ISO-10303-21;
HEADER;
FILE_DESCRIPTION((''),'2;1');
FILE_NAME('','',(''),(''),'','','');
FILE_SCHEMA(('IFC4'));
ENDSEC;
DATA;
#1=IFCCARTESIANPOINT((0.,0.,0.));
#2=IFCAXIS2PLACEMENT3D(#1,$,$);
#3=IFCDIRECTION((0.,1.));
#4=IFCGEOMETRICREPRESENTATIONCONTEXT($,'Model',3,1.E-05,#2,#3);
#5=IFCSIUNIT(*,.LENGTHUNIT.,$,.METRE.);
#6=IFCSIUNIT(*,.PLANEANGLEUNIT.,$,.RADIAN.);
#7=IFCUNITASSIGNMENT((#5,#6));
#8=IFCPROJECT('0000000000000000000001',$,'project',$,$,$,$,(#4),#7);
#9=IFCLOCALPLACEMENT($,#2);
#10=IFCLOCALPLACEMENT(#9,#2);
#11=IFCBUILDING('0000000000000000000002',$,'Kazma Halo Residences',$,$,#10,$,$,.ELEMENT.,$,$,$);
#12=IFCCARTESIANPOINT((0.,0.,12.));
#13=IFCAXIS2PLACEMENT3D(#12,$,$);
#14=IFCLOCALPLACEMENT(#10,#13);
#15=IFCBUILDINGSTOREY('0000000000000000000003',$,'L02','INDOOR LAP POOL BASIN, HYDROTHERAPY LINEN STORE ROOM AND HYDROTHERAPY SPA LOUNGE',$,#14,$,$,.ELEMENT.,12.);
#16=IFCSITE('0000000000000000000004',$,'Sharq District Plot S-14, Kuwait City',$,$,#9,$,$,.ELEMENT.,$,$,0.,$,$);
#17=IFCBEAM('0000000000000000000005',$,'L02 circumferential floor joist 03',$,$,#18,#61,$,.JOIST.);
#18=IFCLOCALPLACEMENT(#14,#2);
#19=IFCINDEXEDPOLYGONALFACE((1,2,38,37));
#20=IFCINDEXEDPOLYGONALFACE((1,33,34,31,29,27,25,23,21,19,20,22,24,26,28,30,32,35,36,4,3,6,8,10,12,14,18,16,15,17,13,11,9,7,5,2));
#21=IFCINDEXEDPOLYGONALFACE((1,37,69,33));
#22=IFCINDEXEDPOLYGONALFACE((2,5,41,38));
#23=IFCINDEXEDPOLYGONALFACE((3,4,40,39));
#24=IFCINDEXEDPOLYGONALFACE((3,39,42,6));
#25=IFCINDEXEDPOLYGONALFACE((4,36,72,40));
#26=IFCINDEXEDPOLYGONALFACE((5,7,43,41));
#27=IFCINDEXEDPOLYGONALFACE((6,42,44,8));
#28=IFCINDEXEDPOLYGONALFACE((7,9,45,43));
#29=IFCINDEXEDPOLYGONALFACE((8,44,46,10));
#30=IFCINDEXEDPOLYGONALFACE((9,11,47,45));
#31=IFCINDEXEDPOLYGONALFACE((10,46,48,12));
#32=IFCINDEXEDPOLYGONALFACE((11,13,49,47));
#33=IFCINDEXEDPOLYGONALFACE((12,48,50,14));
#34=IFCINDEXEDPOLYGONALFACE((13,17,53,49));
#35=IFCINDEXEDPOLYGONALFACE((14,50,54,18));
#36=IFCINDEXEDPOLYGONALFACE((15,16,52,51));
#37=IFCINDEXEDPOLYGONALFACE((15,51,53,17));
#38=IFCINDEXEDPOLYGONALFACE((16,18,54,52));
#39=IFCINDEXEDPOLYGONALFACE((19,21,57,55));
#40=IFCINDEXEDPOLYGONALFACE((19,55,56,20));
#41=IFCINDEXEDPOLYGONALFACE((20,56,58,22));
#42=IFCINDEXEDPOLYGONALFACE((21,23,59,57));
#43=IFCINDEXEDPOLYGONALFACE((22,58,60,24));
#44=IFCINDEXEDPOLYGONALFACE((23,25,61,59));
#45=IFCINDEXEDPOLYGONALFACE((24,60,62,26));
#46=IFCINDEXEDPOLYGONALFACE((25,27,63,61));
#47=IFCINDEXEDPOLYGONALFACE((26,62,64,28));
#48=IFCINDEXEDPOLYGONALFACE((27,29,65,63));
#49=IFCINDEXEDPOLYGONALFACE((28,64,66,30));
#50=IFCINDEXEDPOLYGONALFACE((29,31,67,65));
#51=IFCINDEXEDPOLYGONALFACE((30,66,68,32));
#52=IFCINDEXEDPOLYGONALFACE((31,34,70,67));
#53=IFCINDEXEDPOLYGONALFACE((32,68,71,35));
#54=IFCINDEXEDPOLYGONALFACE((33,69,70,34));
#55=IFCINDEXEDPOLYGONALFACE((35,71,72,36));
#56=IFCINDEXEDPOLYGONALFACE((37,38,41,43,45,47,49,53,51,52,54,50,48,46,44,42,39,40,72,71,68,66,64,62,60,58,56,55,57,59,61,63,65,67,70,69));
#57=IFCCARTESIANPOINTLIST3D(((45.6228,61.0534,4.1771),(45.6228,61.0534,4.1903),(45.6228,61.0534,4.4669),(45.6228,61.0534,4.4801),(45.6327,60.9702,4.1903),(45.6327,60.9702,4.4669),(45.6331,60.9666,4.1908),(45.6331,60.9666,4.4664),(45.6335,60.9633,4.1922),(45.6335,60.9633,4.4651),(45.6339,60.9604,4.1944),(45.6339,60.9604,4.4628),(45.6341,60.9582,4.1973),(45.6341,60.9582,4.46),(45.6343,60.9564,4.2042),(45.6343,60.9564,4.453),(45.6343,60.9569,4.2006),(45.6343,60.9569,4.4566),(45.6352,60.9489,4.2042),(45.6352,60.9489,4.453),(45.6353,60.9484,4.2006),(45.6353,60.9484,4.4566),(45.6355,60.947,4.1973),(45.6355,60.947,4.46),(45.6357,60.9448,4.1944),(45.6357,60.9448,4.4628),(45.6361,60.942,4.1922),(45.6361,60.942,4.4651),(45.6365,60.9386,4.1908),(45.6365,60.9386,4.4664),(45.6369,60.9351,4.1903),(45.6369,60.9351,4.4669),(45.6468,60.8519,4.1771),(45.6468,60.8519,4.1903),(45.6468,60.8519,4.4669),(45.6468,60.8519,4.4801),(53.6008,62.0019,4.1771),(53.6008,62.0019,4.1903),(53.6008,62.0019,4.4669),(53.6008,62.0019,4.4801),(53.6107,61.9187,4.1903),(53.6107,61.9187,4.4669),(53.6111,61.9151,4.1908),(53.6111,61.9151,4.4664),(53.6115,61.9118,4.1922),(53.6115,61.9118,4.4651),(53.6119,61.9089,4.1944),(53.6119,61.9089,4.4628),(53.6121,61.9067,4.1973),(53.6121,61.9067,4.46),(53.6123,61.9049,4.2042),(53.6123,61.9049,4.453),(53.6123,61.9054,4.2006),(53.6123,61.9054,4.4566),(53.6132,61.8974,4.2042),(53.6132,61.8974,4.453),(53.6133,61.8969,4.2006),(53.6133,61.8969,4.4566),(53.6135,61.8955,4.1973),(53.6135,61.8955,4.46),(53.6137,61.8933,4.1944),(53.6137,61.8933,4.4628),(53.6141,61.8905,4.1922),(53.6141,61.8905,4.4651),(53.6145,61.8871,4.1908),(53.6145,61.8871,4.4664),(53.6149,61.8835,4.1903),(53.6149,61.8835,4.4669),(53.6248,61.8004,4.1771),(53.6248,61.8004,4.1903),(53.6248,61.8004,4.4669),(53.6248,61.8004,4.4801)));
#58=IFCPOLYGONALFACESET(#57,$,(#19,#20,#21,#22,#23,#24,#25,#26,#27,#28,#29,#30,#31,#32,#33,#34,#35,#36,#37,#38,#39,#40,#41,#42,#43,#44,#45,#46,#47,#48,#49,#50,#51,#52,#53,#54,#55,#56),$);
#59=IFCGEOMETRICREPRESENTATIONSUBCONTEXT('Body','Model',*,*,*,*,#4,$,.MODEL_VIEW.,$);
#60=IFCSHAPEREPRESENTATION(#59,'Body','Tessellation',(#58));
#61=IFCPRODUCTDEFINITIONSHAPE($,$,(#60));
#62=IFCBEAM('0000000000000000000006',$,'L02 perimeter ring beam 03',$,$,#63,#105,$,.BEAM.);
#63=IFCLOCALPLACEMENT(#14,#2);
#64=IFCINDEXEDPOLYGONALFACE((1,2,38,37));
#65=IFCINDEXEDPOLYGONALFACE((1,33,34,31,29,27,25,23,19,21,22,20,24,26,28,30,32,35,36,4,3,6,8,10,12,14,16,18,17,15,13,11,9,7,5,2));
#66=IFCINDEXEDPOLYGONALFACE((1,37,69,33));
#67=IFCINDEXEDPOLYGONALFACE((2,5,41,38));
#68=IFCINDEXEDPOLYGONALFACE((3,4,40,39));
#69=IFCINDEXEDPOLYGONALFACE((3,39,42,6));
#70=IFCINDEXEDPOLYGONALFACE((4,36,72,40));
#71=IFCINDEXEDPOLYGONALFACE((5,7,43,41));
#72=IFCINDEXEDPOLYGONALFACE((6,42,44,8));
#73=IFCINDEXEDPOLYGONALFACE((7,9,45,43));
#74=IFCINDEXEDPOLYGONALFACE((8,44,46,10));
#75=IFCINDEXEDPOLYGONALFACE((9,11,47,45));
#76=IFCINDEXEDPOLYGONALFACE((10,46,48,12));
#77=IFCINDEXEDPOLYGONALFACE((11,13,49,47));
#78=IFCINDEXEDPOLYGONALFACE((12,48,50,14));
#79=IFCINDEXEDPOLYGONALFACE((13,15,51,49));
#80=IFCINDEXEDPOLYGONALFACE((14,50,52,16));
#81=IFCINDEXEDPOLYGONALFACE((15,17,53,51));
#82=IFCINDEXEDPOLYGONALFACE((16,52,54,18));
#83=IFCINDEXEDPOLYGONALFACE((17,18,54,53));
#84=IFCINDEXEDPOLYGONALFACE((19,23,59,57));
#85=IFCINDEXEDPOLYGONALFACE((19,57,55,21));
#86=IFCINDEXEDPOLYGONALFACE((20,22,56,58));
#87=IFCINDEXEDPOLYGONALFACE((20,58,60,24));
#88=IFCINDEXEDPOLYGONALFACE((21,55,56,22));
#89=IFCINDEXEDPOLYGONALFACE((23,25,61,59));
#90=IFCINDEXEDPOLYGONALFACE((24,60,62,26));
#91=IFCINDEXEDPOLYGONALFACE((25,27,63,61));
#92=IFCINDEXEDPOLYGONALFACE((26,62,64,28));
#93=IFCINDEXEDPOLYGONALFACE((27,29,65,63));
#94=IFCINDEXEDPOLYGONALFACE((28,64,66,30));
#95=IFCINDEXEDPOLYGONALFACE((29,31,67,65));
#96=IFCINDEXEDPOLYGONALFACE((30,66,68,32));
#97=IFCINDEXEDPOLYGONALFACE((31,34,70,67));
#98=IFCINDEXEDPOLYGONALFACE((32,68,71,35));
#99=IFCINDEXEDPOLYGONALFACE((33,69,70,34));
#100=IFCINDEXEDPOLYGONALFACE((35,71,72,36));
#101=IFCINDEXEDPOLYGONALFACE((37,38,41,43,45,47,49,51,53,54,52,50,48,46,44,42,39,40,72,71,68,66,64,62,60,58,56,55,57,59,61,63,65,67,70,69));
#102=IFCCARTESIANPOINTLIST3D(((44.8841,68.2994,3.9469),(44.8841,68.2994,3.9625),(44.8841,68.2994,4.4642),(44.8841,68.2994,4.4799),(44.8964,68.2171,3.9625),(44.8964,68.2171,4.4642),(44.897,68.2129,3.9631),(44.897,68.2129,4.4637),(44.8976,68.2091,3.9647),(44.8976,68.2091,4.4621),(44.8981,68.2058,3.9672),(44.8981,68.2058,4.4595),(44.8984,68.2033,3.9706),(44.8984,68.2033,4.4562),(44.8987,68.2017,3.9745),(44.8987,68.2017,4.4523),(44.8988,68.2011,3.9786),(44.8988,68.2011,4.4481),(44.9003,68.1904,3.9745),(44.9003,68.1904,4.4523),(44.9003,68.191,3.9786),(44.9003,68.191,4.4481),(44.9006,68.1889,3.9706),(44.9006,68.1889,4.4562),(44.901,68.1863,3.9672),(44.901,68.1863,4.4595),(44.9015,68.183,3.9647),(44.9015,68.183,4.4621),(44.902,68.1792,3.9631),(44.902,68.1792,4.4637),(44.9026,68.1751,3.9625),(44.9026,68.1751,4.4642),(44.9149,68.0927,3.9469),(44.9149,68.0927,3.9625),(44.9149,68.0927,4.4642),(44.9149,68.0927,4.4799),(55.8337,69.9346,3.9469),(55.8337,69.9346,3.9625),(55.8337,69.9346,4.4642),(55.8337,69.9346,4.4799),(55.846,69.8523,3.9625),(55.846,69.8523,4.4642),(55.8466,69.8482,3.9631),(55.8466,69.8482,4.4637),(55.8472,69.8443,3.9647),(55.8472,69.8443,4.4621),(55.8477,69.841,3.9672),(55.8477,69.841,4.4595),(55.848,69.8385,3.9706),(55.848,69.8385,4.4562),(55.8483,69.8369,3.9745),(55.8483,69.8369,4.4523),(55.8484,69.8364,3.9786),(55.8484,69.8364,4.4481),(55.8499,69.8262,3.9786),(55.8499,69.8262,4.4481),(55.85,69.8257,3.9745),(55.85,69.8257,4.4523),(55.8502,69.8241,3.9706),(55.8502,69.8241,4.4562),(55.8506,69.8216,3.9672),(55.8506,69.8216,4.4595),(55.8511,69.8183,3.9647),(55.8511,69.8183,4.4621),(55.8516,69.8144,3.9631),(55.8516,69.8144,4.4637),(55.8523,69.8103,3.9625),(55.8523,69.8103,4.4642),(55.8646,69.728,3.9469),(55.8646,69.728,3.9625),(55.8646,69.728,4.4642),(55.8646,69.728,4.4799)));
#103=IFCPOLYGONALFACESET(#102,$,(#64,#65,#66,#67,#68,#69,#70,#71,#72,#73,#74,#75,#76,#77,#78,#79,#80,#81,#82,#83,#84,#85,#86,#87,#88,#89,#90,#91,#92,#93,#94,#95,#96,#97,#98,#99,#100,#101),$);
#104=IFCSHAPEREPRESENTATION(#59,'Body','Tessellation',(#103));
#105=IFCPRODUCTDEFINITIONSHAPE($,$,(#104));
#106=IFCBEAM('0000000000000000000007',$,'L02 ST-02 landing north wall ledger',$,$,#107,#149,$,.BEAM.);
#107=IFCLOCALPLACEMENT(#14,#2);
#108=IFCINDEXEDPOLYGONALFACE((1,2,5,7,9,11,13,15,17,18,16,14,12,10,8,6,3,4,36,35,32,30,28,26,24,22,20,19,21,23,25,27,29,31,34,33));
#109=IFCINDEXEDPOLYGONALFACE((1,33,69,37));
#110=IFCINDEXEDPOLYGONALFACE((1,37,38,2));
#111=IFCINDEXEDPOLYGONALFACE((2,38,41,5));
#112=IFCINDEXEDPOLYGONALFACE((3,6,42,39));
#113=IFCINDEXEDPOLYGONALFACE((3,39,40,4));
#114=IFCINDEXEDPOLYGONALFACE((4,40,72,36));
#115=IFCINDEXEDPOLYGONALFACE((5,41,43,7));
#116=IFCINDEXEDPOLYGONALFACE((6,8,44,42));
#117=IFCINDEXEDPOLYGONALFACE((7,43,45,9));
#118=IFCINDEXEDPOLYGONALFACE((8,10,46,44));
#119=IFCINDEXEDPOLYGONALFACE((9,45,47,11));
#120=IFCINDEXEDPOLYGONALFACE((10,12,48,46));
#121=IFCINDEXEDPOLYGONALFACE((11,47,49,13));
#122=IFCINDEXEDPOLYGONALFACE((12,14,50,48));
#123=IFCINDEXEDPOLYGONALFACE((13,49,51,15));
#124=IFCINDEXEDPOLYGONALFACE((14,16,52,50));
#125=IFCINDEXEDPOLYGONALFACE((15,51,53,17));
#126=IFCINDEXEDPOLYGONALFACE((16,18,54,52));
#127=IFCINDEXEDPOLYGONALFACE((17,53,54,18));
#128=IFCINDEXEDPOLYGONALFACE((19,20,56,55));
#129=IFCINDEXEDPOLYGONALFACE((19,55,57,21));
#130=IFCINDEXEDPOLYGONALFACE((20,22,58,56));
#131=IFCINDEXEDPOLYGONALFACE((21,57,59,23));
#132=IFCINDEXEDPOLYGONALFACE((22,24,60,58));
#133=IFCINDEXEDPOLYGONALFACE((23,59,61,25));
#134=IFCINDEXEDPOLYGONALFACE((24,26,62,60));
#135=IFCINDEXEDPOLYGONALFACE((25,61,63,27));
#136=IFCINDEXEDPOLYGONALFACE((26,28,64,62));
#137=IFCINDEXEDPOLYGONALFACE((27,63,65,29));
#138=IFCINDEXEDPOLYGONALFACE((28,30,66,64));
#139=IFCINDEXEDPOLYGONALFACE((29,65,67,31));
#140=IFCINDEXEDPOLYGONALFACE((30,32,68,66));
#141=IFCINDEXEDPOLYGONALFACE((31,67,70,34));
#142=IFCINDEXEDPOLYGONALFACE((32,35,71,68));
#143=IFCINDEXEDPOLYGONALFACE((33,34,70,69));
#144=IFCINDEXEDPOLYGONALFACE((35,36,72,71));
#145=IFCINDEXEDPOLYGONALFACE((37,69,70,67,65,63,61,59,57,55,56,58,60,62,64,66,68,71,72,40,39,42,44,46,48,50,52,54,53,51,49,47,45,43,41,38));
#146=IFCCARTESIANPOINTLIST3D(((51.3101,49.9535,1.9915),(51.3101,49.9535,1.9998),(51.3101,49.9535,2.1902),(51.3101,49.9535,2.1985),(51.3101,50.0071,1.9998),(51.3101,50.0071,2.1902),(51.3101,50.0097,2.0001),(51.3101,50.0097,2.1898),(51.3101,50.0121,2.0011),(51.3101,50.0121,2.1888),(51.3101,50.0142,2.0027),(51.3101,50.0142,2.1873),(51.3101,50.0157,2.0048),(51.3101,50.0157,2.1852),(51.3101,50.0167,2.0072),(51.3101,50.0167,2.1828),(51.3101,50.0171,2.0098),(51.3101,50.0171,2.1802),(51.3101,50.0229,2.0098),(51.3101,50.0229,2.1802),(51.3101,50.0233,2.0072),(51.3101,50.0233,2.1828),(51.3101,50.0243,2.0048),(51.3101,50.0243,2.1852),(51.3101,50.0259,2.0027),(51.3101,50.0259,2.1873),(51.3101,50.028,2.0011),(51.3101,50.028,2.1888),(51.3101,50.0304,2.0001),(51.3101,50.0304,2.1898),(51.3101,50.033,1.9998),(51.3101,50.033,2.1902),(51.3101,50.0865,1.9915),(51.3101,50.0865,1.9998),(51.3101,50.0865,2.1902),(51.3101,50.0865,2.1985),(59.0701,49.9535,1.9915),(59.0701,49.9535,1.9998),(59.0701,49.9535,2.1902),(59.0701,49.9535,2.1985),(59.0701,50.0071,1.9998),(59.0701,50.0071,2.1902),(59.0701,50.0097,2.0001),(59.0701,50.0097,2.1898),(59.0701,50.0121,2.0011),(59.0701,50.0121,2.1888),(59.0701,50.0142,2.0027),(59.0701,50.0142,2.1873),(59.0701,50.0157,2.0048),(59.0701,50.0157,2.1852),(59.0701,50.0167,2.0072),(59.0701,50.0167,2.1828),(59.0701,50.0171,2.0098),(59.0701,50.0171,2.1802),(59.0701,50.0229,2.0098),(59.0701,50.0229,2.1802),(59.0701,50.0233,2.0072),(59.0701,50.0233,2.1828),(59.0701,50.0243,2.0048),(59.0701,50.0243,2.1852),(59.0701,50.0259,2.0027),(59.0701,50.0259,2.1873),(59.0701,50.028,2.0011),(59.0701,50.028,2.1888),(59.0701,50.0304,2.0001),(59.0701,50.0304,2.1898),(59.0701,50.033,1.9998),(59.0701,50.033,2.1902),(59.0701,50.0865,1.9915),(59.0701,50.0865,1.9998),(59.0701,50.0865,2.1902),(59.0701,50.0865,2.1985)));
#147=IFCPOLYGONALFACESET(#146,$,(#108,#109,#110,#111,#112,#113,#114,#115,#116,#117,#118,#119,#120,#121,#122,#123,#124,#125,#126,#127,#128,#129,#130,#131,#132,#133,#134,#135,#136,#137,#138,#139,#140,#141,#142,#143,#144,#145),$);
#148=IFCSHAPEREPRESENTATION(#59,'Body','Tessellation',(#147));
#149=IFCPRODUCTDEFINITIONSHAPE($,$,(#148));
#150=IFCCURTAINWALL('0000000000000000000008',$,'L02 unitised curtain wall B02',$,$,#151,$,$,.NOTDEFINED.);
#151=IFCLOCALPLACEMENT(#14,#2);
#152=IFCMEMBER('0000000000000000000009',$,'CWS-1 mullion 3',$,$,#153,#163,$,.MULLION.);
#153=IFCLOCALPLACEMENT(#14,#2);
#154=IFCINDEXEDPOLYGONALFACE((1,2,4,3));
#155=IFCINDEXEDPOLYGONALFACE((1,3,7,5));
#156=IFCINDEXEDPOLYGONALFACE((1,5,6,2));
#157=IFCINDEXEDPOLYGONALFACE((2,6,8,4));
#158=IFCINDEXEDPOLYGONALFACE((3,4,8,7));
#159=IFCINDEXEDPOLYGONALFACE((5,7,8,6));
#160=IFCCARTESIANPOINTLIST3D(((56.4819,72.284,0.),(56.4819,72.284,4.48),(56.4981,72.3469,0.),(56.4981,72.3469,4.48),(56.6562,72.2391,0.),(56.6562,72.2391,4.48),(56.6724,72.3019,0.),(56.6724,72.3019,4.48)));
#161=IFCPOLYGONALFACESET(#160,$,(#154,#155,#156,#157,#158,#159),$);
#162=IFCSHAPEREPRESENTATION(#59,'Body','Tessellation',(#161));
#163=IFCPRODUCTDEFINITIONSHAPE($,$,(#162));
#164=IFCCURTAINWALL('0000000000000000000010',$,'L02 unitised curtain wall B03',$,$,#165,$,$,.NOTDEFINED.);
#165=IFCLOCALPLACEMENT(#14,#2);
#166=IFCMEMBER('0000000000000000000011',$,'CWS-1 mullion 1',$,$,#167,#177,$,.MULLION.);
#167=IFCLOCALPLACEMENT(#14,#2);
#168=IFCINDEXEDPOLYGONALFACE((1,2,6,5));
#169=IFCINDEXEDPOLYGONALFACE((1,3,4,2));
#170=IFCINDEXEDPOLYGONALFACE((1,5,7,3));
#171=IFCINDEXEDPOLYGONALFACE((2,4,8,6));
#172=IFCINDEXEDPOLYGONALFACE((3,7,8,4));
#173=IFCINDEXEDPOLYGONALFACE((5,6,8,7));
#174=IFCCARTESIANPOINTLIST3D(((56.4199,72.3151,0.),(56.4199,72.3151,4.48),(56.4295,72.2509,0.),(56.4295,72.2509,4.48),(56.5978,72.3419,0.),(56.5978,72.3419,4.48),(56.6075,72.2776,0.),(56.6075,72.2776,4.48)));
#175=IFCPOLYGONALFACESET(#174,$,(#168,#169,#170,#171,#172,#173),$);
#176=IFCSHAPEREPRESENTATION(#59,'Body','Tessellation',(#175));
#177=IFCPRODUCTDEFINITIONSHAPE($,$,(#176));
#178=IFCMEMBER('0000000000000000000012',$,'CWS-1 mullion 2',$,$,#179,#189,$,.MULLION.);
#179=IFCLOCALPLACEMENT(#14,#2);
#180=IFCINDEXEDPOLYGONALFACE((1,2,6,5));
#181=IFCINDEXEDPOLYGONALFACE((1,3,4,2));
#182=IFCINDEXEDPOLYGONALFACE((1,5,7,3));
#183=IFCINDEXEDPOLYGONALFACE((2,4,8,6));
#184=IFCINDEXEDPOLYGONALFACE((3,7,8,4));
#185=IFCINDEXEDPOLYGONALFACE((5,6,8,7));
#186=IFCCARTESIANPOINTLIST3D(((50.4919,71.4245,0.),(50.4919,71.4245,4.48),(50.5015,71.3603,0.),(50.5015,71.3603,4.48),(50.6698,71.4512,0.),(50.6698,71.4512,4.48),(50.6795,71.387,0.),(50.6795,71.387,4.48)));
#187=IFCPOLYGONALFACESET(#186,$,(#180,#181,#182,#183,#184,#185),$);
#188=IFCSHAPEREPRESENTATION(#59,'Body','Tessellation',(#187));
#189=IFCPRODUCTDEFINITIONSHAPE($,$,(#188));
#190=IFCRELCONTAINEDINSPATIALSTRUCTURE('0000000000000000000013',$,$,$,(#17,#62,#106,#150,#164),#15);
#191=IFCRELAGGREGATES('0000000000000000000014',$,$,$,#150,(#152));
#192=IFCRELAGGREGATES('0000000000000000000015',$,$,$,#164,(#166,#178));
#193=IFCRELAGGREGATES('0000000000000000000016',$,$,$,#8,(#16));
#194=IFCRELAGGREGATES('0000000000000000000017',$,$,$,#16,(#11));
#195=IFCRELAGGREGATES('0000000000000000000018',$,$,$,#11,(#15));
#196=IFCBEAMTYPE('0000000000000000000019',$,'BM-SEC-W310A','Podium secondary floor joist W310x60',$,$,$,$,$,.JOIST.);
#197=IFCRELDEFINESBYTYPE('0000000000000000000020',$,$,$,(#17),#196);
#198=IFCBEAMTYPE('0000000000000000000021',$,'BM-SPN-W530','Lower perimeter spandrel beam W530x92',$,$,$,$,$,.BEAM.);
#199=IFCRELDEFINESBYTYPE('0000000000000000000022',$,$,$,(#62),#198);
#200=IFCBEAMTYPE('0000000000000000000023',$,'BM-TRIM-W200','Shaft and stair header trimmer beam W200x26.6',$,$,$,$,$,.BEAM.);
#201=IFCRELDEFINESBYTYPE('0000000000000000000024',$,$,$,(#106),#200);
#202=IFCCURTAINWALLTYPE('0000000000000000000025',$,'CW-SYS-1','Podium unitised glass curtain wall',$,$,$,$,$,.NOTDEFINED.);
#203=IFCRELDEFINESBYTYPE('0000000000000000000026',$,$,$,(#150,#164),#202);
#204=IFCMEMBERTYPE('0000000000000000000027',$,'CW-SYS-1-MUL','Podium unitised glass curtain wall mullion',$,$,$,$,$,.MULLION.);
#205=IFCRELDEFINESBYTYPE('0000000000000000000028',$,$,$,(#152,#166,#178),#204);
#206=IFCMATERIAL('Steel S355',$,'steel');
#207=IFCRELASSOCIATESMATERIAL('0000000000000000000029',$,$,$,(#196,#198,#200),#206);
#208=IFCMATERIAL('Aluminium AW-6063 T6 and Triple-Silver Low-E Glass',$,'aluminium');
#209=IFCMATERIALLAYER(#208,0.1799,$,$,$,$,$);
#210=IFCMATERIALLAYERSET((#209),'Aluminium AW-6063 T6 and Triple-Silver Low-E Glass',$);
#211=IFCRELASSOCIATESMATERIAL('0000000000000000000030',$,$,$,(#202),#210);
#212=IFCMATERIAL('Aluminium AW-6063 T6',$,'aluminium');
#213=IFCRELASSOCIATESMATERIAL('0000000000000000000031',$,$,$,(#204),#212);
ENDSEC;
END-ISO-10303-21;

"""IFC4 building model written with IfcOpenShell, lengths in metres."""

from ifc_helpers import new_model, si_unit, direction, frame, origin, origin_2d, place, context, subcontext, project, spatial, rectangle, i_section, extrude, material, layer, layer_set, material_profile, profile_set, type_object, element, aggregate, save


model = new_model("IFC4")

# Units and contexts
model_context = context("Model", 3, precision=1e-05, world=origin(), true_north=direction((0.0, 1.0)))
body_context = subcontext(model_context, "Body", "Model", "MODEL_VIEW")
ifc_project = project(units=[si_unit("LENGTHUNIT", "METRE"), si_unit("PLANEANGLEUNIT", "RADIAN")], contexts=[model_context])

# Site, building, storey
site_placement = place(None, origin())
site = spatial("IfcSite", under=ifc_project, at=site_placement, Name="Sharq District Plot S-14, Kuwait City", CompositionType="ELEMENT", RefElevation=0.0)
building_placement = place(site_placement, origin())
building = spatial("IfcBuilding", under=site, at=building_placement, Name="Kazma Halo Residences", CompositionType="ELEMENT")
storey_placement = place(building_placement, frame((0.0, 0.0, 12.0)))
storey = spatial("IfcBuildingStorey", under=building, at=storey_placement, Name="L02", Description="INDOOR LAP POOL BASIN, HYDROTHERAPY LINEN STORE ROOM AND HYDROTHERAPY SPA LOUNGE", CompositionType="ELEMENT", Elevation=12.0)

# Beams
ifc_material_1 = material(Name="Steel S355", Category="steel")
ifc_material_profile_1 = material_profile(ifc_material_1, i_section(OverallWidth=0.2029, OverallDepth=0.303, WebThickness=0.0076, FlangeThickness=0.0132, FilletRadius=0.0139, at=origin_2d()), Name="W310x60")
ifc_profile_set_1 = profile_set([ifc_material_profile_1], Name="Steel S355")
beam_type_1 = type_object("IfcBeamType", Name="BM-SEC-W310A", Description="Podium secondary floor joist W310x60", PredefinedType="JOIST", material=ifc_profile_set_1)
beam_1_placement = place(storey_placement, frame((53.6128, 61.9011, 4.3286), z_axis=(-0.993007, -0.118056, 0.0), x_axis=(0.118056, -0.993007, 0.0)))
element("IfcBeam", 1, at=beam_1_placement, inside=storey, type_object=beam_type_1, Name="L02 circumferential floor joist 03", PredefinedType="JOIST", context=body_context, shape_type="SweptSolid", body=[
    extrude(i_section(OverallWidth=0.2029, OverallDepth=0.303, WebThickness=0.0076, FlangeThickness=0.0132, FilletRadius=0.0139, at=origin_2d()), origin(), (0.0, 0.0, 1.0), 8.0342),
])
ifc_material_profile_2 = material_profile(ifc_material_1, i_section(OverallWidth=0.209, OverallDepth=0.533, WebThickness=0.0103, FlangeThickness=0.0156, FilletRadius=0.0161, at=origin_2d()), Name="W530x92")
ifc_profile_set_2 = profile_set([ifc_material_profile_2], Name="Steel S355")
beam_type_2 = type_object("IfcBeamType", Name="BM-SPN-W530", Description="Lower perimeter spandrel beam W530x92", PredefinedType="BEAM", material=ifc_profile_set_2)
beam_2_placement = place(storey_placement, frame((55.8491, 69.8313, 4.2134), z_axis=(-0.989032, -0.147704, 0.0), x_axis=(0.147704, -0.989032, 0.0)))
element("IfcBeam", 2, at=beam_2_placement, inside=storey, type_object=beam_type_2, Name="L02 perimeter ring beam 03", PredefinedType="BEAM", context=body_context, shape_type="SweptSolid", body=[
    extrude(i_section(OverallWidth=0.209, OverallDepth=0.533, WebThickness=0.0103, FlangeThickness=0.0156, FilletRadius=0.0161, at=origin_2d()), origin(), (0.0, 0.0, 1.0), 11.071),
])
ifc_material_profile_3 = material_profile(ifc_material_1, i_section(OverallWidth=0.1331, OverallDepth=0.207, WebThickness=0.0059, FlangeThickness=0.0083, FilletRadius=0.01, at=origin_2d()), Name="W200x26.6")
ifc_profile_set_3 = profile_set([ifc_material_profile_3], Name="Steel S355")
beam_type_3 = type_object("IfcBeamType", Name="BM-TRIM-W200", Description="Shaft and stair header trimmer beam W200x26.6", PredefinedType="BEAM", material=ifc_profile_set_3)
beam_3_placement = place(storey_placement, frame((51.3101, 50.02, 2.095), z_axis=(1.0, 0.0, 0.0), x_axis=(0.0, 1.0, 0.0)))
element("IfcBeam", 3, at=beam_3_placement, inside=storey, type_object=beam_type_3, Name="L02 ST-02 landing north wall ledger", PredefinedType="BEAM", context=body_context, shape_type="SweptSolid", body=[
    extrude(i_section(OverallWidth=0.1331, OverallDepth=0.207, WebThickness=0.0059, FlangeThickness=0.0083, FilletRadius=0.01, at=origin_2d()), origin(), (0.0, 0.0, 1.0), 7.76),
])

# Curtain wall, member
ifc_material_2 = material(Name="Aluminium AW-6063 T6 and Triple-Silver Low-E Glass", Category="aluminium")
ifc_layer_1 = layer(ifc_material_2, 0.1799)
ifc_layer_set_1 = layer_set([ifc_layer_1], Name="Aluminium AW-6063 T6 and Triple-Silver Low-E Glass")
curtain_wall_type = type_object("IfcCurtainWallType", Name="CW-SYS-1", Description="Podium unitised glass curtain wall", PredefinedType="NOTDEFINED", material=ifc_layer_set_1)
curtain_wall_1_placement = place(storey_placement, origin())
curtain_wall_1 = element("IfcCurtainWall", 4, at=curtain_wall_1_placement, inside=storey, type_object=curtain_wall_type, Name="L02 unitised curtain wall B02", PredefinedType="NOTDEFINED")
ifc_material_3 = material(Name="Aluminium AW-6063 T6", Category="aluminium")
ifc_material_profile_4 = material_profile(ifc_material_3, rectangle(XDim=0.0649, YDim=0.1799, at=origin_2d()), Name="CWM-65x180")
ifc_profile_set_4 = profile_set([ifc_material_profile_4], Name="Aluminium AW-6063 T6")
member_type_1 = type_object("IfcMemberType", Name="CW-SYS-1-MUL", Description="Podium unitised glass curtain wall mullion", PredefinedType="MULLION", material=ifc_profile_set_4)
member_1_placement = place(storey_placement, frame((56.5771, 72.293, 0.0), z_axis=(0.0, 0.0, 1.0), x_axis=(-0.249727, -0.968316, 0.0)))
member_1 = element("IfcMember", 5, at=member_1_placement, type_object=member_type_1, Name="CWS-1 mullion 3", PredefinedType="MULLION", context=body_context, shape_type="SweptSolid", body=[
    extrude(rectangle(XDim=0.0649, YDim=0.1799, at=origin_2d()), origin(), (0.0, 0.0, 1.0), 4.48),
])

# Curtain wall, members
curtain_wall_2_placement = place(storey_placement, origin())
curtain_wall_2 = element("IfcCurtainWall", 6, at=curtain_wall_2_placement, inside=storey, type_object=curtain_wall_type, Name="L02 unitised curtain wall B03", PredefinedType="NOTDEFINED")
member_2_placement = place(storey_placement, frame((56.5137, 72.2964, 0.0), z_axis=(0.0, 0.0, 1.0), x_axis=(0.148549, -0.988905, 0.0)))
member_2 = element("IfcMember", 7, at=member_2_placement, type_object=member_type_1, Name="CWS-1 mullion 1", PredefinedType="MULLION", context=body_context, shape_type="SweptSolid", body=[
    extrude(rectangle(XDim=0.0649, YDim=0.1799, at=origin_2d()), origin(), (0.0, 0.0, 1.0), 4.48),
])
member_3_placement = place(storey_placement, frame((50.5857, 71.4058, 0.0), z_axis=(0.0, 0.0, 1.0), x_axis=(0.148549, -0.988905, 0.0)))
member_3 = element("IfcMember", 8, at=member_3_placement, type_object=member_type_1, Name="CWS-1 mullion 2", PredefinedType="MULLION", context=body_context, shape_type="SweptSolid", body=[
    extrude(rectangle(XDim=0.0649, YDim=0.1799, at=origin_2d()), origin(), (0.0, 0.0, 1.0), 4.48),
])

aggregate(curtain_wall_1, [member_1])
aggregate(curtain_wall_2, [member_2, member_3])

save(model, "model.ifc")
